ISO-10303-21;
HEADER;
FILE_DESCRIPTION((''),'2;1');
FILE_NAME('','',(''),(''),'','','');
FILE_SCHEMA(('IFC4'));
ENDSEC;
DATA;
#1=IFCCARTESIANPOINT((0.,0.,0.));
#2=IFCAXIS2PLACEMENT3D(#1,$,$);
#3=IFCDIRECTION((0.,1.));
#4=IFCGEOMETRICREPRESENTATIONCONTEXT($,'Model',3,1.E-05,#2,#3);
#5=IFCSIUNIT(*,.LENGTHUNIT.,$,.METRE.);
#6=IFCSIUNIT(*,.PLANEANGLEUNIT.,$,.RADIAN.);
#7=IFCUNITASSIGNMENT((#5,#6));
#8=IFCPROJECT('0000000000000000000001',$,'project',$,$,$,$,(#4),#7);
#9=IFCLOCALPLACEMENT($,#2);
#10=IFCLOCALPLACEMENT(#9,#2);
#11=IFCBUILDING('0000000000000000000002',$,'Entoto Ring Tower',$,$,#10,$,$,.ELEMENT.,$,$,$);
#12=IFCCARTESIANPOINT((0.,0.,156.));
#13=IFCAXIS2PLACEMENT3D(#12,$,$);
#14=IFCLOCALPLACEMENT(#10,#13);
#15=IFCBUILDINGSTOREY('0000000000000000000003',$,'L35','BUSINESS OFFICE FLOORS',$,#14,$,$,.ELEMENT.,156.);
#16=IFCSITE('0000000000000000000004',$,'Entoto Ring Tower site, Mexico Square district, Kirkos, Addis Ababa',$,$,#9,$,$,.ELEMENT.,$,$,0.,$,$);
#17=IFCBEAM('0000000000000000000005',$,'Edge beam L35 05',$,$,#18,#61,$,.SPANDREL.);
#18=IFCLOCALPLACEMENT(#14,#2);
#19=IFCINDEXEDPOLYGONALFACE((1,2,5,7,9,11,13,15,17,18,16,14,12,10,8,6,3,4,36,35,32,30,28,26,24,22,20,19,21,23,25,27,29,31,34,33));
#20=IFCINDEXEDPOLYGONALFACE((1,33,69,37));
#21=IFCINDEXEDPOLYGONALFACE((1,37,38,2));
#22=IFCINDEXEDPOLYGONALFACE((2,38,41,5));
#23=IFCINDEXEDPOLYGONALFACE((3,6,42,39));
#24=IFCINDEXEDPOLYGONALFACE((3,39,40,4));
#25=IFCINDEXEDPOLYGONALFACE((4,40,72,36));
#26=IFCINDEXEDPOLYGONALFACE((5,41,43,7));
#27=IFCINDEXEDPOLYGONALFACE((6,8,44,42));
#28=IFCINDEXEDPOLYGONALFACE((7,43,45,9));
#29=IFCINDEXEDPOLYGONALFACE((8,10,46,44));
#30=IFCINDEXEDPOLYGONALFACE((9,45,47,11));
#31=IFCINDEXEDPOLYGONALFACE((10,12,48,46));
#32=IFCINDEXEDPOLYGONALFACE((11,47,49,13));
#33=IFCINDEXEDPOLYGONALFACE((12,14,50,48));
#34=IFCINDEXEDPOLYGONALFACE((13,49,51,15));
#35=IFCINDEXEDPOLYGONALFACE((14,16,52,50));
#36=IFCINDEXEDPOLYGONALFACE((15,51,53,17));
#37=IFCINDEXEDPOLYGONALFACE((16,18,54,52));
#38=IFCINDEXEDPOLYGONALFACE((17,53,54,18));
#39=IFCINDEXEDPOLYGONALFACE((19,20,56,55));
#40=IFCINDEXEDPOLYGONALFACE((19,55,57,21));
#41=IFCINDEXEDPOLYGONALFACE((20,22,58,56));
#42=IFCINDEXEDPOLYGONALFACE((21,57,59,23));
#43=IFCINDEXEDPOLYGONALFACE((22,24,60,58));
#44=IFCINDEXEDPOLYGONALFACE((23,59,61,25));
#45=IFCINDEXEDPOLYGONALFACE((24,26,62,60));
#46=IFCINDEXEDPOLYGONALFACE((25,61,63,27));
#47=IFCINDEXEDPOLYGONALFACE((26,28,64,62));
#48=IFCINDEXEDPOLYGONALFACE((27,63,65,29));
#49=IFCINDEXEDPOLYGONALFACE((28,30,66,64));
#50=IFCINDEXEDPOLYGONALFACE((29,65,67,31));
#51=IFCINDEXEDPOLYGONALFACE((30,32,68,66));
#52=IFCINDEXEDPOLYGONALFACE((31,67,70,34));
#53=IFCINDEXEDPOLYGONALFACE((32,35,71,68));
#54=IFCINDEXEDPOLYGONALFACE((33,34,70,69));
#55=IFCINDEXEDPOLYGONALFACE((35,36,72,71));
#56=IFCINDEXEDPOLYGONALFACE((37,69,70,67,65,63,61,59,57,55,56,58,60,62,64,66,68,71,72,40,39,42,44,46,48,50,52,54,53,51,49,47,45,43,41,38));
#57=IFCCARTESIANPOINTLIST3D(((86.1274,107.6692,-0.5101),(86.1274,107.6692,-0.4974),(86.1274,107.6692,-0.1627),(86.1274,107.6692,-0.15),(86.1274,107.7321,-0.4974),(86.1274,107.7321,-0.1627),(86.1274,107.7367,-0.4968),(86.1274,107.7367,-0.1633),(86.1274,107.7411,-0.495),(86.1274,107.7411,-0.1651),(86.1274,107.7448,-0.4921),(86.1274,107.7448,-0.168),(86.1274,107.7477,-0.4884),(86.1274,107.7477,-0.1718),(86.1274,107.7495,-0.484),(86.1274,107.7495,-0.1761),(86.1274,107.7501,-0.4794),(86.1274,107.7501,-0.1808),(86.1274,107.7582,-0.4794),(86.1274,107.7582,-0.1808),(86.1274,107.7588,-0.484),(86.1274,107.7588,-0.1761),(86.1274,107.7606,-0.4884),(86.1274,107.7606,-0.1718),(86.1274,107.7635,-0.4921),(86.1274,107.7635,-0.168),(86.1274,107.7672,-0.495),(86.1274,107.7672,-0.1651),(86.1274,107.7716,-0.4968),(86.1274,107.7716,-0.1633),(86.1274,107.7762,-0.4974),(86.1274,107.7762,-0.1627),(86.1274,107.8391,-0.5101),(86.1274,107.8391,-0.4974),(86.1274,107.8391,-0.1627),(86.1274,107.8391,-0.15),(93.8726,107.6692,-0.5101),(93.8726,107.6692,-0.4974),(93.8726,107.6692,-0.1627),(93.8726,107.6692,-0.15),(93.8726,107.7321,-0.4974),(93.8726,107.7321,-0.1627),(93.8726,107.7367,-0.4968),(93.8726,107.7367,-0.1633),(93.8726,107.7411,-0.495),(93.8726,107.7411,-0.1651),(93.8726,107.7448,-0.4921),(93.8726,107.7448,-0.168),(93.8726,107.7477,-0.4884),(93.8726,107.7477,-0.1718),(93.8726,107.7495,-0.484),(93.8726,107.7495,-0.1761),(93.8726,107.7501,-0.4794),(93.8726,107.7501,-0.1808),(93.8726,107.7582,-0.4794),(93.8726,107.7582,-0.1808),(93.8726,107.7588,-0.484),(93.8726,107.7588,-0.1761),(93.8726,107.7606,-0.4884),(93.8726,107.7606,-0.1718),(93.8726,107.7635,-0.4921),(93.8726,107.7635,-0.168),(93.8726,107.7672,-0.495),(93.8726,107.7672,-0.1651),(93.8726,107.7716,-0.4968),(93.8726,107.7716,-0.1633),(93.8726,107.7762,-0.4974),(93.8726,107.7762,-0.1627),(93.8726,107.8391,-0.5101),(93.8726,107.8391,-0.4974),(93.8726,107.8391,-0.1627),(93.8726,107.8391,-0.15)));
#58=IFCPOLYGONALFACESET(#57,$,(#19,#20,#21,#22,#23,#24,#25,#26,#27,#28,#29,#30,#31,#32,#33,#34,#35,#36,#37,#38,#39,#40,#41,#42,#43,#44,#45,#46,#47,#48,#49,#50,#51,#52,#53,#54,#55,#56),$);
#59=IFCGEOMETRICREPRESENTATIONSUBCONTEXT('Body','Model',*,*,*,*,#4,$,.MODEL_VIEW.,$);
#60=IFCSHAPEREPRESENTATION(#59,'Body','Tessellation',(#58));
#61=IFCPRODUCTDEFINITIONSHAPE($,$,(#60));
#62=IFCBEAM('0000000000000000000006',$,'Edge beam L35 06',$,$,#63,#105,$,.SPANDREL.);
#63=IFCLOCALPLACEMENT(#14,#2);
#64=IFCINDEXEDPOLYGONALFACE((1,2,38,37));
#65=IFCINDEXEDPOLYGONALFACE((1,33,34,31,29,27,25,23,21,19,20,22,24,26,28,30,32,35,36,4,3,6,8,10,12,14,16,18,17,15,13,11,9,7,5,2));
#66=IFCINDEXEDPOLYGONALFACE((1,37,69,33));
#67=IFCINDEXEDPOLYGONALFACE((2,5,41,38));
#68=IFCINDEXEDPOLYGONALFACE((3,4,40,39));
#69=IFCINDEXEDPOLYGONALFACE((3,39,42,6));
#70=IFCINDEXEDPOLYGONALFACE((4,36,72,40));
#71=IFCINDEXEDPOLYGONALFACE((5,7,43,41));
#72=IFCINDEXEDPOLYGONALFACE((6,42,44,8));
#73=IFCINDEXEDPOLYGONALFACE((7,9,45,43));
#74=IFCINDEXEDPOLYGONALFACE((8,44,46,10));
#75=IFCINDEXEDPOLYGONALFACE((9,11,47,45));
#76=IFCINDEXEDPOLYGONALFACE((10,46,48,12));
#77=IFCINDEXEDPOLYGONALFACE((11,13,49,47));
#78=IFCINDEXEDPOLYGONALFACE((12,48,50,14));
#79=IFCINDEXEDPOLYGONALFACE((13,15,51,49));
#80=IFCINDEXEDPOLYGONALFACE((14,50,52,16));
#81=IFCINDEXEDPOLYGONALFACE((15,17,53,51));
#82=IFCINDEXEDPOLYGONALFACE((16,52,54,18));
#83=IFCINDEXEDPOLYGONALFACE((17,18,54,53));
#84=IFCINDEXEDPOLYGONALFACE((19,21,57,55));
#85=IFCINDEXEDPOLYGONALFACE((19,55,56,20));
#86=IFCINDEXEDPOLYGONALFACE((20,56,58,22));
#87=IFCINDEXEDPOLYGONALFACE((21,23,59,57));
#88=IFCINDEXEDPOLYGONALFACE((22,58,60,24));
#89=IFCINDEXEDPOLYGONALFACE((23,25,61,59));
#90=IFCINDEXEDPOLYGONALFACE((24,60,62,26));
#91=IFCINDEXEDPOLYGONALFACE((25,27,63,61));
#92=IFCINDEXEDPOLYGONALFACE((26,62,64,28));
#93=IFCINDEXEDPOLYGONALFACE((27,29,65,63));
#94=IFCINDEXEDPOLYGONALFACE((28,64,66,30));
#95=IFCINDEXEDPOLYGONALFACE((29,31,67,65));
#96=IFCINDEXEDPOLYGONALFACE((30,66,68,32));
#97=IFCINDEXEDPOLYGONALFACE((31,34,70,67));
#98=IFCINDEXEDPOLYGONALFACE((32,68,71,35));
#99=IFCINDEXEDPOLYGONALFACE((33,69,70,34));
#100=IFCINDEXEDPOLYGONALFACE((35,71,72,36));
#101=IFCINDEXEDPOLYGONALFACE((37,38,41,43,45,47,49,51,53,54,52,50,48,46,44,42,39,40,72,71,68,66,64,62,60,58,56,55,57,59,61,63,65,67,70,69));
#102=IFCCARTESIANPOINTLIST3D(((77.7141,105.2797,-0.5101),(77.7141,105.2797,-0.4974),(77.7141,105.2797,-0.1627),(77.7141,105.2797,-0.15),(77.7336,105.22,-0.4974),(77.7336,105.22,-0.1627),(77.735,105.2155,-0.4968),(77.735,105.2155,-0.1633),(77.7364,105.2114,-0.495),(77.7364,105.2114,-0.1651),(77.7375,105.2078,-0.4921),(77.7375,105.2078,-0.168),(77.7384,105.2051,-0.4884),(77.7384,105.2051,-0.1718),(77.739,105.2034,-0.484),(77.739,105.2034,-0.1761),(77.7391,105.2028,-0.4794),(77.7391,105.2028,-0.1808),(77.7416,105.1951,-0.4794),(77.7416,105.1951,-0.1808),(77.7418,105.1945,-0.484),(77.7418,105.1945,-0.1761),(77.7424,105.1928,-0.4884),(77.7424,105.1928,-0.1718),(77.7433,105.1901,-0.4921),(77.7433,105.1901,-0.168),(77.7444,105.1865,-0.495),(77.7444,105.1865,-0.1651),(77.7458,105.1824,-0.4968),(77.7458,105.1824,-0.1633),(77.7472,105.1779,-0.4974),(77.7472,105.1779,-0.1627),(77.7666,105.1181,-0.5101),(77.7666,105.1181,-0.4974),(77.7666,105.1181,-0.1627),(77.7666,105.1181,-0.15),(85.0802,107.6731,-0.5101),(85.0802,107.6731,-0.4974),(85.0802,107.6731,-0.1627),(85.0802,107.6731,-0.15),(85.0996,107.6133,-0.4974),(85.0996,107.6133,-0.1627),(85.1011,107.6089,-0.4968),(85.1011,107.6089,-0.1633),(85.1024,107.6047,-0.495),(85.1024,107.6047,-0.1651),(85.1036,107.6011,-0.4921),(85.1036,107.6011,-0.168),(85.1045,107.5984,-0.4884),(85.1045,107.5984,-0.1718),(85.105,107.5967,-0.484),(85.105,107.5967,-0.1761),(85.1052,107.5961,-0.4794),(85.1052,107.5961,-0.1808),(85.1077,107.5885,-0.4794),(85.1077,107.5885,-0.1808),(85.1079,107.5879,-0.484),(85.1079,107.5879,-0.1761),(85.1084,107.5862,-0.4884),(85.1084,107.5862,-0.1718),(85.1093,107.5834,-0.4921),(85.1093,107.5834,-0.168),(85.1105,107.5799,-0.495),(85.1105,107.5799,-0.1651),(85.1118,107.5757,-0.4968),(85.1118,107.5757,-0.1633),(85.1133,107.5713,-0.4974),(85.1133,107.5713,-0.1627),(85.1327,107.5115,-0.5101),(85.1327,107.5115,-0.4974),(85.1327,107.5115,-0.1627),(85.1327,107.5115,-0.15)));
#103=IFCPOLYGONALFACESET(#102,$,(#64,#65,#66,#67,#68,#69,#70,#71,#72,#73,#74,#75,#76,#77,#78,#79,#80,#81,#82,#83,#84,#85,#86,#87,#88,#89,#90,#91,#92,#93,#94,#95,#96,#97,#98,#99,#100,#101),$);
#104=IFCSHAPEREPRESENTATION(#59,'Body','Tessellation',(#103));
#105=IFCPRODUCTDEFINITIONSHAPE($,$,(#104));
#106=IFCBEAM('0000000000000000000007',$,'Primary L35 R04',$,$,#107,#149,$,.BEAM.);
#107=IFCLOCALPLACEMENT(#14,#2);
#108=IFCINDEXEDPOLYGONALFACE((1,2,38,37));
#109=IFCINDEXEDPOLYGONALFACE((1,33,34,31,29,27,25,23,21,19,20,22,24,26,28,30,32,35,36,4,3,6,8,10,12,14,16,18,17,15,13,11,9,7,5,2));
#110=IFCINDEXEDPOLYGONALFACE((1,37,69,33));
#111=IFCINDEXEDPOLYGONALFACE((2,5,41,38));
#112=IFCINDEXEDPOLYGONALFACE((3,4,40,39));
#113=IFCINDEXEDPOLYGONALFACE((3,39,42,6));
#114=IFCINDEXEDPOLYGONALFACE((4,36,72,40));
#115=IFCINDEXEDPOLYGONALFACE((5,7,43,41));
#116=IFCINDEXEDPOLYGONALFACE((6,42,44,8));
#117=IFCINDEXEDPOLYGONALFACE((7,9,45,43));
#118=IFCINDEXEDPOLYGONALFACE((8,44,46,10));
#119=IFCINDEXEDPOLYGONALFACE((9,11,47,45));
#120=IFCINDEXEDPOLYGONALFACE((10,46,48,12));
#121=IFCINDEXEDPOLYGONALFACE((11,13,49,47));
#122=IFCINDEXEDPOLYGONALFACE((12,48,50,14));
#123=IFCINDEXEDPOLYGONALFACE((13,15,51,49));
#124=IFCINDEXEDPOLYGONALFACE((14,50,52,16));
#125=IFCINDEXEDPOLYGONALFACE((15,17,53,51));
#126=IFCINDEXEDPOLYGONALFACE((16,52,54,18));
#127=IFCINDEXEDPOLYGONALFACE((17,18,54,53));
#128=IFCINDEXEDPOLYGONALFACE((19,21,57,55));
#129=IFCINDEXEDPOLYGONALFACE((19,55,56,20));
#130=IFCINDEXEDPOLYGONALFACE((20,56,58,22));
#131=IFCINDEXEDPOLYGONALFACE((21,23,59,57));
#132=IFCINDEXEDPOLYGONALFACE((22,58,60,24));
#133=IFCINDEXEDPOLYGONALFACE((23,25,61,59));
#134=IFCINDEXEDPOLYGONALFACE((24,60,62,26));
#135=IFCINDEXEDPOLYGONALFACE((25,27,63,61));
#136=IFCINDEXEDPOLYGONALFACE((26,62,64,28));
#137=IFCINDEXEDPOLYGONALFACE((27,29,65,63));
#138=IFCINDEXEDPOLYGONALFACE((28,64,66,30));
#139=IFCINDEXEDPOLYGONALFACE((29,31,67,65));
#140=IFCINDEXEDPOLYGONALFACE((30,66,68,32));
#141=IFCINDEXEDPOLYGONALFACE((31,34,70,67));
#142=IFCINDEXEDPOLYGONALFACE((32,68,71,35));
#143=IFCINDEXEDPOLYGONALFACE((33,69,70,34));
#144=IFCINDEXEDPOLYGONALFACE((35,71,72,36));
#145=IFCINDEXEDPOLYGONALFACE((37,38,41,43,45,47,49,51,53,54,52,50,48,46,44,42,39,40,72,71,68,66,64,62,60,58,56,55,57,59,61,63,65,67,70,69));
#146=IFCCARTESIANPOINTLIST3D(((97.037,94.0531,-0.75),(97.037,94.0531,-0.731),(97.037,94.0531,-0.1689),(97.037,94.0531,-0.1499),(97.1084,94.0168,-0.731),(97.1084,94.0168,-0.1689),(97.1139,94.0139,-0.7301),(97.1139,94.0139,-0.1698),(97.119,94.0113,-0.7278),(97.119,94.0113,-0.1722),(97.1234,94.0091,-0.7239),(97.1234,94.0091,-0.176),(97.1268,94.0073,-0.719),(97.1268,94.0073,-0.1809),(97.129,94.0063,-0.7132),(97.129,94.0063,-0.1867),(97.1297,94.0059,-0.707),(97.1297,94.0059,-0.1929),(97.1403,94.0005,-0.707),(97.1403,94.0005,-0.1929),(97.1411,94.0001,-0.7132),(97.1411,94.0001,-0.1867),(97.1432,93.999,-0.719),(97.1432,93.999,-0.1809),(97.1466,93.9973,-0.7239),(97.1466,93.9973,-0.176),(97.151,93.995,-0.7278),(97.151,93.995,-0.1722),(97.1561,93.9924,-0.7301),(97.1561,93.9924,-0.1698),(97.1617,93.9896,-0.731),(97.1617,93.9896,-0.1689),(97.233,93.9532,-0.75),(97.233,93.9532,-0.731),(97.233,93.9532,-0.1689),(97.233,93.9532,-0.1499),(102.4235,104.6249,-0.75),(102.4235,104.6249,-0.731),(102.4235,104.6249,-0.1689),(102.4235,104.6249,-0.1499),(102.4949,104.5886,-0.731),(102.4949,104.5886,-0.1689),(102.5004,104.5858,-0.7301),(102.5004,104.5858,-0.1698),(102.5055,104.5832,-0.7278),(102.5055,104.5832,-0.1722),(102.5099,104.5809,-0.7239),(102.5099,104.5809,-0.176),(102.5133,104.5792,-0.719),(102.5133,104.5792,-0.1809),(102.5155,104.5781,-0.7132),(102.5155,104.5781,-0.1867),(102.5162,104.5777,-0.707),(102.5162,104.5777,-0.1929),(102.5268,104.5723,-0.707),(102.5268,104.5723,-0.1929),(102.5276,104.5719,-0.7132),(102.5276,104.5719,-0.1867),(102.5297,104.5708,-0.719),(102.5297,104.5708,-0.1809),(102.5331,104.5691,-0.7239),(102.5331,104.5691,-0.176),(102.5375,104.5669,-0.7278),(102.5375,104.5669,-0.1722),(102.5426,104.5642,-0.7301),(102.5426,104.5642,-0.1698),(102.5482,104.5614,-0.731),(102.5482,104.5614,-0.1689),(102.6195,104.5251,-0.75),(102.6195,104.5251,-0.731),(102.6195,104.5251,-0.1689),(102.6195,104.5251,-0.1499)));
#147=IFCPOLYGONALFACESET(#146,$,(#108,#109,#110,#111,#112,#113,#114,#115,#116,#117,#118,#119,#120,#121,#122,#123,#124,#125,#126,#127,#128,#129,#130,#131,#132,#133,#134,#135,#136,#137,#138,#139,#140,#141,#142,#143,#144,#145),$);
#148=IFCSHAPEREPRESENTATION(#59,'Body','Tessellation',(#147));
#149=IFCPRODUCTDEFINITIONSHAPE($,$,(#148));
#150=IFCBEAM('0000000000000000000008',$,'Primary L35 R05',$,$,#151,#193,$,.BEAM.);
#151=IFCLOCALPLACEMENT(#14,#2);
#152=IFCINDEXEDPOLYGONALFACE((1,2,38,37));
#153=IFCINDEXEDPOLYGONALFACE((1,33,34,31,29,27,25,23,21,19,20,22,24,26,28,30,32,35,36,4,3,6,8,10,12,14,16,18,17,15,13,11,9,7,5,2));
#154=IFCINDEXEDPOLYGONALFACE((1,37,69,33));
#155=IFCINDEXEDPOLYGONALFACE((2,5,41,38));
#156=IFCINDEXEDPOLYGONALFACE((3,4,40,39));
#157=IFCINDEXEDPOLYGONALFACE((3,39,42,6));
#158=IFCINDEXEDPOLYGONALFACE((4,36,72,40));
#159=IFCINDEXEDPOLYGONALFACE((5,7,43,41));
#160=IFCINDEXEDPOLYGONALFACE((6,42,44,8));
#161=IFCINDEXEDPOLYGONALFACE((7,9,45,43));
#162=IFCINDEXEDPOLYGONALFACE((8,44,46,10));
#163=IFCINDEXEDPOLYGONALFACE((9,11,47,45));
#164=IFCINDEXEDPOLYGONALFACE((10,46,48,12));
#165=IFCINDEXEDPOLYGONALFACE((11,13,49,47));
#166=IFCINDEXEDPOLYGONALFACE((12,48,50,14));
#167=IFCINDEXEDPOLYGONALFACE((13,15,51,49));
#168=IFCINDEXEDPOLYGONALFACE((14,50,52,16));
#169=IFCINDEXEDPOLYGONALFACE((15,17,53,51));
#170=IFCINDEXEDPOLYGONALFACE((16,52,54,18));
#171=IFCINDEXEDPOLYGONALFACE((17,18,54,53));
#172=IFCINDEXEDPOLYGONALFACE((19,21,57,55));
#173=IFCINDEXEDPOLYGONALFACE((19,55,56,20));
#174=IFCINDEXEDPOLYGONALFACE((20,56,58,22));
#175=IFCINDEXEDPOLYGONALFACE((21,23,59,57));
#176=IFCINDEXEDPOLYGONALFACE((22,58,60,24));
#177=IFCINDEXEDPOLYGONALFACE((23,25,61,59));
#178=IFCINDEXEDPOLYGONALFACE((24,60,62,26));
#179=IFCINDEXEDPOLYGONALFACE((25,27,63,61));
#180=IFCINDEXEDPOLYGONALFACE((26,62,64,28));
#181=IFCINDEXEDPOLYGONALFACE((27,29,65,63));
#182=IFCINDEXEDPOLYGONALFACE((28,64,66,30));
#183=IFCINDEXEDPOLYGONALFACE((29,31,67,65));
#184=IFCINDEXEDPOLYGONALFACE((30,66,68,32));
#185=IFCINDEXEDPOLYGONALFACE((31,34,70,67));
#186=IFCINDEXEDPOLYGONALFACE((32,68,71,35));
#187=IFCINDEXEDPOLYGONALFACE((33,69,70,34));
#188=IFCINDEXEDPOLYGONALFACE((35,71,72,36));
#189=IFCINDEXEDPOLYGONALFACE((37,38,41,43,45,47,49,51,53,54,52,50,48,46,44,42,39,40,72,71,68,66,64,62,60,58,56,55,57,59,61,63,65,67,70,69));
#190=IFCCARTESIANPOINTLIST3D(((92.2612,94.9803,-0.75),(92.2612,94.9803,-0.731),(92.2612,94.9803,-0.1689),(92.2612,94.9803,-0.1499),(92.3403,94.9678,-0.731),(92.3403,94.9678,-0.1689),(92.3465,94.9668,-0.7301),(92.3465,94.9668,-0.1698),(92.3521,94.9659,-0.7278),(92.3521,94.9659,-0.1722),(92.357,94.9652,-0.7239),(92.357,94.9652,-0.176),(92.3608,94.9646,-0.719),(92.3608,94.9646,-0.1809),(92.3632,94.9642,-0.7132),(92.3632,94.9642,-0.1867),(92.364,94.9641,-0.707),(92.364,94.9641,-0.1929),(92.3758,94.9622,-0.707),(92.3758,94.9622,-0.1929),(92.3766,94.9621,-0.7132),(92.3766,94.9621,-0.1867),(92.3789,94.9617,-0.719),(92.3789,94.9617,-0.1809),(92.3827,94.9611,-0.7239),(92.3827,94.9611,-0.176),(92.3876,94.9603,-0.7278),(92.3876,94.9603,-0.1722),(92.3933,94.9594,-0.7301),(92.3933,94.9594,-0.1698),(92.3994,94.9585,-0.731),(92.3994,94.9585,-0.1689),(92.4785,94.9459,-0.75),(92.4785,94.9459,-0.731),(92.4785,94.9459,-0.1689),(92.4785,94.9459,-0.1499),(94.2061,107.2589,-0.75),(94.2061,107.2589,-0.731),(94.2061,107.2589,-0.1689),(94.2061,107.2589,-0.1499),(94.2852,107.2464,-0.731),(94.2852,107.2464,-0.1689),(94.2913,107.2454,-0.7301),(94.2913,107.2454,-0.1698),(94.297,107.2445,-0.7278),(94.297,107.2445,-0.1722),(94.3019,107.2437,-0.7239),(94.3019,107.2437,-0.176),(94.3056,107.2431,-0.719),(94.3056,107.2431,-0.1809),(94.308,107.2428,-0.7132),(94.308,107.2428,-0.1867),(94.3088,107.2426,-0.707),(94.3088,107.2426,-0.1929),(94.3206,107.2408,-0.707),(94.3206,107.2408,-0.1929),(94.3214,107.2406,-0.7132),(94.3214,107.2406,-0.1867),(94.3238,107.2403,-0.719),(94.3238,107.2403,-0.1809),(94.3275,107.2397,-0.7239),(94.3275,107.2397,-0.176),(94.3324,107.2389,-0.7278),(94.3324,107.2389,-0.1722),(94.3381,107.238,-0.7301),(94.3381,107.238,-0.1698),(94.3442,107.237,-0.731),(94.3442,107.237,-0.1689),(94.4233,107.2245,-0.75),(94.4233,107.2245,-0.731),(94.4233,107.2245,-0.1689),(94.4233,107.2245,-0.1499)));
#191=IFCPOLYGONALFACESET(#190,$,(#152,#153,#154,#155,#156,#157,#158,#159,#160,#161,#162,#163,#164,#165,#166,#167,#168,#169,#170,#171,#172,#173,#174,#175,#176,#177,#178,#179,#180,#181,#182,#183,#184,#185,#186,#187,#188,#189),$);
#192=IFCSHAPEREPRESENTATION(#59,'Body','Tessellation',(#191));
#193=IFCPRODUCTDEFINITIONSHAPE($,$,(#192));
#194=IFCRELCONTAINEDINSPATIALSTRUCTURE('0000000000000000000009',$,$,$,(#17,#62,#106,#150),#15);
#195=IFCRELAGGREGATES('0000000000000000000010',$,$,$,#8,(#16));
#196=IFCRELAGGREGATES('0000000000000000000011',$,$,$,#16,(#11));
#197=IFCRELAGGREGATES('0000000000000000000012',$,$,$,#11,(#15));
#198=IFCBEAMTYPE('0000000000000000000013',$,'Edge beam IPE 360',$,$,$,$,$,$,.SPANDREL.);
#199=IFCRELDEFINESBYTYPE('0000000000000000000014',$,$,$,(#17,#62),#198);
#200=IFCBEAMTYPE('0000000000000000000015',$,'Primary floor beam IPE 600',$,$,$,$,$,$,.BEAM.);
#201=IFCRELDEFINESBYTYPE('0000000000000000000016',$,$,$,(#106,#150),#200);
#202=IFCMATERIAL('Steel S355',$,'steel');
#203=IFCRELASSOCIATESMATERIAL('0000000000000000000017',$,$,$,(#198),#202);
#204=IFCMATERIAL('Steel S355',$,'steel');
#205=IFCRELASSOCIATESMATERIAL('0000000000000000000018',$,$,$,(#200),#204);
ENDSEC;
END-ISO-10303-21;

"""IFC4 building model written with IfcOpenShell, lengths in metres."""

from ifc_helpers import new_model, si_unit, direction, frame, origin, origin_2d, place, context, subcontext, project, spatial, i_section, extrude, material, material_profile, profile_set, type_object, element, save


model = new_model("IFC4")

# Units and contexts
model_context = context("Model", 3, precision=1e-05, world=origin(), true_north=direction((0.0, 1.0)))
body_context = subcontext(model_context, "Body", "Model", "MODEL_VIEW")
ifc_project = project(units=[si_unit("LENGTHUNIT", "METRE"), si_unit("PLANEANGLEUNIT", "RADIAN")], contexts=[model_context])

# Site, building, storey
site_placement = place(None, origin())
site = spatial("IfcSite", under=ifc_project, at=site_placement, Name="Entoto Ring Tower site, Mexico Square district, Kirkos, Addis Ababa", CompositionType="ELEMENT", RefElevation=0.0)
building_placement = place(site_placement, origin())
building = spatial("IfcBuilding", under=site, at=building_placement, Name="Entoto Ring Tower", CompositionType="ELEMENT")
storey_placement = place(building_placement, frame((0.0, 0.0, 156.0)))
storey = spatial("IfcBuildingStorey", under=building, at=storey_placement, Name="L35", Description="BUSINESS OFFICE FLOORS", CompositionType="ELEMENT", Elevation=156.0)

# Beams
ifc_material_1 = material(Name="Steel S355", Category="steel")
ifc_material_profile_1 = material_profile(ifc_material_1, i_section(OverallWidth=0.1699, OverallDepth=0.3601, WebThickness=0.0081, FlangeThickness=0.0127, FilletRadius=0.0181, at=origin_2d()), Name="IPE 360")
ifc_profile_set_1 = profile_set([ifc_material_profile_1], Name="Steel S355")
beam_type_1 = type_object("IfcBeamType", Name="Edge beam IPE 360", PredefinedType="SPANDREL", material=ifc_profile_set_1)
for number, where, z_axis, x_axis, name in (
    (1, (93.8726, 107.7542, -0.3301), (-1.0, 0.0, 0.0), (0.0, -1.0, 0.0), "Edge beam L35 05"),
    (2, (85.1064, 107.5923, -0.3301), (-0.951058, -0.309013, 0.0), (0.309013, -0.951058, 0.0), "Edge beam L35 06"),
):
    element("IfcBeam", number, at=place(storey_placement, frame(where, z_axis=z_axis, x_axis=x_axis)), inside=storey, type_object=beam_type_1, Name=name, PredefinedType="SPANDREL", context=body_context, shape_type="SweptSolid", body=[
        extrude(i_section(OverallWidth=0.1699, OverallDepth=0.3601, WebThickness=0.0081, FlangeThickness=0.0127, FilletRadius=0.0181, at=origin_2d()), origin(), (0.0, 0.0, 1.0), 7.7451),
    ])
ifc_material_2 = material(Name="Steel S355", Category="steel")
ifc_material_profile_2 = material_profile(ifc_material_2, i_section(OverallWidth=0.22, OverallDepth=0.6001, WebThickness=0.012, FlangeThickness=0.019, FilletRadius=0.0239, at=origin_2d()), Name="IPE 600")
ifc_profile_set_2 = profile_set([ifc_material_profile_2], Name="Steel S355")
beam_type_2 = type_object("IfcBeamType", Name="Primary floor beam IPE 600", PredefinedType="BEAM", material=ifc_profile_set_2)
beam_1_placement = place(storey_placement, frame((97.135, 94.0032, -0.45), z_axis=(0.453983, 0.89101, 0.0), x_axis=(-0.89101, 0.453983, 0.0)))
element("IfcBeam", 3, at=beam_1_placement, inside=storey, type_object=beam_type_2, Name="Primary L35 R04", PredefinedType="BEAM", context=body_context, shape_type="SweptSolid", body=[
    extrude(i_section(OverallWidth=0.22, OverallDepth=0.6001, WebThickness=0.012, FlangeThickness=0.019, FilletRadius=0.0239, at=origin_2d()), origin(), (0.0, 0.0, 1.0), 11.865),
])
for number, where, z_axis, x_axis, name in (
    (4, (92.3699, 94.9631, -0.45), (0.156442, 0.987687, 0.0), (-0.987687, 0.156442, 0.0), "Primary L35 R05"),
):
    element("IfcBeam", number, at=place(storey_placement, frame(where, z_axis=z_axis, x_axis=x_axis)), inside=storey, type_object=beam_type_2, Name=name, PredefinedType="BEAM", context=body_context, shape_type="SweptSolid", body=[
        extrude(i_section(OverallWidth=0.22, OverallDepth=0.6001, WebThickness=0.012, FlangeThickness=0.019, FilletRadius=0.0239, at=origin_2d()), origin(), (0.0, 0.0, 1.0), 12.4316),
    ])

save(model, "model.ifc")
